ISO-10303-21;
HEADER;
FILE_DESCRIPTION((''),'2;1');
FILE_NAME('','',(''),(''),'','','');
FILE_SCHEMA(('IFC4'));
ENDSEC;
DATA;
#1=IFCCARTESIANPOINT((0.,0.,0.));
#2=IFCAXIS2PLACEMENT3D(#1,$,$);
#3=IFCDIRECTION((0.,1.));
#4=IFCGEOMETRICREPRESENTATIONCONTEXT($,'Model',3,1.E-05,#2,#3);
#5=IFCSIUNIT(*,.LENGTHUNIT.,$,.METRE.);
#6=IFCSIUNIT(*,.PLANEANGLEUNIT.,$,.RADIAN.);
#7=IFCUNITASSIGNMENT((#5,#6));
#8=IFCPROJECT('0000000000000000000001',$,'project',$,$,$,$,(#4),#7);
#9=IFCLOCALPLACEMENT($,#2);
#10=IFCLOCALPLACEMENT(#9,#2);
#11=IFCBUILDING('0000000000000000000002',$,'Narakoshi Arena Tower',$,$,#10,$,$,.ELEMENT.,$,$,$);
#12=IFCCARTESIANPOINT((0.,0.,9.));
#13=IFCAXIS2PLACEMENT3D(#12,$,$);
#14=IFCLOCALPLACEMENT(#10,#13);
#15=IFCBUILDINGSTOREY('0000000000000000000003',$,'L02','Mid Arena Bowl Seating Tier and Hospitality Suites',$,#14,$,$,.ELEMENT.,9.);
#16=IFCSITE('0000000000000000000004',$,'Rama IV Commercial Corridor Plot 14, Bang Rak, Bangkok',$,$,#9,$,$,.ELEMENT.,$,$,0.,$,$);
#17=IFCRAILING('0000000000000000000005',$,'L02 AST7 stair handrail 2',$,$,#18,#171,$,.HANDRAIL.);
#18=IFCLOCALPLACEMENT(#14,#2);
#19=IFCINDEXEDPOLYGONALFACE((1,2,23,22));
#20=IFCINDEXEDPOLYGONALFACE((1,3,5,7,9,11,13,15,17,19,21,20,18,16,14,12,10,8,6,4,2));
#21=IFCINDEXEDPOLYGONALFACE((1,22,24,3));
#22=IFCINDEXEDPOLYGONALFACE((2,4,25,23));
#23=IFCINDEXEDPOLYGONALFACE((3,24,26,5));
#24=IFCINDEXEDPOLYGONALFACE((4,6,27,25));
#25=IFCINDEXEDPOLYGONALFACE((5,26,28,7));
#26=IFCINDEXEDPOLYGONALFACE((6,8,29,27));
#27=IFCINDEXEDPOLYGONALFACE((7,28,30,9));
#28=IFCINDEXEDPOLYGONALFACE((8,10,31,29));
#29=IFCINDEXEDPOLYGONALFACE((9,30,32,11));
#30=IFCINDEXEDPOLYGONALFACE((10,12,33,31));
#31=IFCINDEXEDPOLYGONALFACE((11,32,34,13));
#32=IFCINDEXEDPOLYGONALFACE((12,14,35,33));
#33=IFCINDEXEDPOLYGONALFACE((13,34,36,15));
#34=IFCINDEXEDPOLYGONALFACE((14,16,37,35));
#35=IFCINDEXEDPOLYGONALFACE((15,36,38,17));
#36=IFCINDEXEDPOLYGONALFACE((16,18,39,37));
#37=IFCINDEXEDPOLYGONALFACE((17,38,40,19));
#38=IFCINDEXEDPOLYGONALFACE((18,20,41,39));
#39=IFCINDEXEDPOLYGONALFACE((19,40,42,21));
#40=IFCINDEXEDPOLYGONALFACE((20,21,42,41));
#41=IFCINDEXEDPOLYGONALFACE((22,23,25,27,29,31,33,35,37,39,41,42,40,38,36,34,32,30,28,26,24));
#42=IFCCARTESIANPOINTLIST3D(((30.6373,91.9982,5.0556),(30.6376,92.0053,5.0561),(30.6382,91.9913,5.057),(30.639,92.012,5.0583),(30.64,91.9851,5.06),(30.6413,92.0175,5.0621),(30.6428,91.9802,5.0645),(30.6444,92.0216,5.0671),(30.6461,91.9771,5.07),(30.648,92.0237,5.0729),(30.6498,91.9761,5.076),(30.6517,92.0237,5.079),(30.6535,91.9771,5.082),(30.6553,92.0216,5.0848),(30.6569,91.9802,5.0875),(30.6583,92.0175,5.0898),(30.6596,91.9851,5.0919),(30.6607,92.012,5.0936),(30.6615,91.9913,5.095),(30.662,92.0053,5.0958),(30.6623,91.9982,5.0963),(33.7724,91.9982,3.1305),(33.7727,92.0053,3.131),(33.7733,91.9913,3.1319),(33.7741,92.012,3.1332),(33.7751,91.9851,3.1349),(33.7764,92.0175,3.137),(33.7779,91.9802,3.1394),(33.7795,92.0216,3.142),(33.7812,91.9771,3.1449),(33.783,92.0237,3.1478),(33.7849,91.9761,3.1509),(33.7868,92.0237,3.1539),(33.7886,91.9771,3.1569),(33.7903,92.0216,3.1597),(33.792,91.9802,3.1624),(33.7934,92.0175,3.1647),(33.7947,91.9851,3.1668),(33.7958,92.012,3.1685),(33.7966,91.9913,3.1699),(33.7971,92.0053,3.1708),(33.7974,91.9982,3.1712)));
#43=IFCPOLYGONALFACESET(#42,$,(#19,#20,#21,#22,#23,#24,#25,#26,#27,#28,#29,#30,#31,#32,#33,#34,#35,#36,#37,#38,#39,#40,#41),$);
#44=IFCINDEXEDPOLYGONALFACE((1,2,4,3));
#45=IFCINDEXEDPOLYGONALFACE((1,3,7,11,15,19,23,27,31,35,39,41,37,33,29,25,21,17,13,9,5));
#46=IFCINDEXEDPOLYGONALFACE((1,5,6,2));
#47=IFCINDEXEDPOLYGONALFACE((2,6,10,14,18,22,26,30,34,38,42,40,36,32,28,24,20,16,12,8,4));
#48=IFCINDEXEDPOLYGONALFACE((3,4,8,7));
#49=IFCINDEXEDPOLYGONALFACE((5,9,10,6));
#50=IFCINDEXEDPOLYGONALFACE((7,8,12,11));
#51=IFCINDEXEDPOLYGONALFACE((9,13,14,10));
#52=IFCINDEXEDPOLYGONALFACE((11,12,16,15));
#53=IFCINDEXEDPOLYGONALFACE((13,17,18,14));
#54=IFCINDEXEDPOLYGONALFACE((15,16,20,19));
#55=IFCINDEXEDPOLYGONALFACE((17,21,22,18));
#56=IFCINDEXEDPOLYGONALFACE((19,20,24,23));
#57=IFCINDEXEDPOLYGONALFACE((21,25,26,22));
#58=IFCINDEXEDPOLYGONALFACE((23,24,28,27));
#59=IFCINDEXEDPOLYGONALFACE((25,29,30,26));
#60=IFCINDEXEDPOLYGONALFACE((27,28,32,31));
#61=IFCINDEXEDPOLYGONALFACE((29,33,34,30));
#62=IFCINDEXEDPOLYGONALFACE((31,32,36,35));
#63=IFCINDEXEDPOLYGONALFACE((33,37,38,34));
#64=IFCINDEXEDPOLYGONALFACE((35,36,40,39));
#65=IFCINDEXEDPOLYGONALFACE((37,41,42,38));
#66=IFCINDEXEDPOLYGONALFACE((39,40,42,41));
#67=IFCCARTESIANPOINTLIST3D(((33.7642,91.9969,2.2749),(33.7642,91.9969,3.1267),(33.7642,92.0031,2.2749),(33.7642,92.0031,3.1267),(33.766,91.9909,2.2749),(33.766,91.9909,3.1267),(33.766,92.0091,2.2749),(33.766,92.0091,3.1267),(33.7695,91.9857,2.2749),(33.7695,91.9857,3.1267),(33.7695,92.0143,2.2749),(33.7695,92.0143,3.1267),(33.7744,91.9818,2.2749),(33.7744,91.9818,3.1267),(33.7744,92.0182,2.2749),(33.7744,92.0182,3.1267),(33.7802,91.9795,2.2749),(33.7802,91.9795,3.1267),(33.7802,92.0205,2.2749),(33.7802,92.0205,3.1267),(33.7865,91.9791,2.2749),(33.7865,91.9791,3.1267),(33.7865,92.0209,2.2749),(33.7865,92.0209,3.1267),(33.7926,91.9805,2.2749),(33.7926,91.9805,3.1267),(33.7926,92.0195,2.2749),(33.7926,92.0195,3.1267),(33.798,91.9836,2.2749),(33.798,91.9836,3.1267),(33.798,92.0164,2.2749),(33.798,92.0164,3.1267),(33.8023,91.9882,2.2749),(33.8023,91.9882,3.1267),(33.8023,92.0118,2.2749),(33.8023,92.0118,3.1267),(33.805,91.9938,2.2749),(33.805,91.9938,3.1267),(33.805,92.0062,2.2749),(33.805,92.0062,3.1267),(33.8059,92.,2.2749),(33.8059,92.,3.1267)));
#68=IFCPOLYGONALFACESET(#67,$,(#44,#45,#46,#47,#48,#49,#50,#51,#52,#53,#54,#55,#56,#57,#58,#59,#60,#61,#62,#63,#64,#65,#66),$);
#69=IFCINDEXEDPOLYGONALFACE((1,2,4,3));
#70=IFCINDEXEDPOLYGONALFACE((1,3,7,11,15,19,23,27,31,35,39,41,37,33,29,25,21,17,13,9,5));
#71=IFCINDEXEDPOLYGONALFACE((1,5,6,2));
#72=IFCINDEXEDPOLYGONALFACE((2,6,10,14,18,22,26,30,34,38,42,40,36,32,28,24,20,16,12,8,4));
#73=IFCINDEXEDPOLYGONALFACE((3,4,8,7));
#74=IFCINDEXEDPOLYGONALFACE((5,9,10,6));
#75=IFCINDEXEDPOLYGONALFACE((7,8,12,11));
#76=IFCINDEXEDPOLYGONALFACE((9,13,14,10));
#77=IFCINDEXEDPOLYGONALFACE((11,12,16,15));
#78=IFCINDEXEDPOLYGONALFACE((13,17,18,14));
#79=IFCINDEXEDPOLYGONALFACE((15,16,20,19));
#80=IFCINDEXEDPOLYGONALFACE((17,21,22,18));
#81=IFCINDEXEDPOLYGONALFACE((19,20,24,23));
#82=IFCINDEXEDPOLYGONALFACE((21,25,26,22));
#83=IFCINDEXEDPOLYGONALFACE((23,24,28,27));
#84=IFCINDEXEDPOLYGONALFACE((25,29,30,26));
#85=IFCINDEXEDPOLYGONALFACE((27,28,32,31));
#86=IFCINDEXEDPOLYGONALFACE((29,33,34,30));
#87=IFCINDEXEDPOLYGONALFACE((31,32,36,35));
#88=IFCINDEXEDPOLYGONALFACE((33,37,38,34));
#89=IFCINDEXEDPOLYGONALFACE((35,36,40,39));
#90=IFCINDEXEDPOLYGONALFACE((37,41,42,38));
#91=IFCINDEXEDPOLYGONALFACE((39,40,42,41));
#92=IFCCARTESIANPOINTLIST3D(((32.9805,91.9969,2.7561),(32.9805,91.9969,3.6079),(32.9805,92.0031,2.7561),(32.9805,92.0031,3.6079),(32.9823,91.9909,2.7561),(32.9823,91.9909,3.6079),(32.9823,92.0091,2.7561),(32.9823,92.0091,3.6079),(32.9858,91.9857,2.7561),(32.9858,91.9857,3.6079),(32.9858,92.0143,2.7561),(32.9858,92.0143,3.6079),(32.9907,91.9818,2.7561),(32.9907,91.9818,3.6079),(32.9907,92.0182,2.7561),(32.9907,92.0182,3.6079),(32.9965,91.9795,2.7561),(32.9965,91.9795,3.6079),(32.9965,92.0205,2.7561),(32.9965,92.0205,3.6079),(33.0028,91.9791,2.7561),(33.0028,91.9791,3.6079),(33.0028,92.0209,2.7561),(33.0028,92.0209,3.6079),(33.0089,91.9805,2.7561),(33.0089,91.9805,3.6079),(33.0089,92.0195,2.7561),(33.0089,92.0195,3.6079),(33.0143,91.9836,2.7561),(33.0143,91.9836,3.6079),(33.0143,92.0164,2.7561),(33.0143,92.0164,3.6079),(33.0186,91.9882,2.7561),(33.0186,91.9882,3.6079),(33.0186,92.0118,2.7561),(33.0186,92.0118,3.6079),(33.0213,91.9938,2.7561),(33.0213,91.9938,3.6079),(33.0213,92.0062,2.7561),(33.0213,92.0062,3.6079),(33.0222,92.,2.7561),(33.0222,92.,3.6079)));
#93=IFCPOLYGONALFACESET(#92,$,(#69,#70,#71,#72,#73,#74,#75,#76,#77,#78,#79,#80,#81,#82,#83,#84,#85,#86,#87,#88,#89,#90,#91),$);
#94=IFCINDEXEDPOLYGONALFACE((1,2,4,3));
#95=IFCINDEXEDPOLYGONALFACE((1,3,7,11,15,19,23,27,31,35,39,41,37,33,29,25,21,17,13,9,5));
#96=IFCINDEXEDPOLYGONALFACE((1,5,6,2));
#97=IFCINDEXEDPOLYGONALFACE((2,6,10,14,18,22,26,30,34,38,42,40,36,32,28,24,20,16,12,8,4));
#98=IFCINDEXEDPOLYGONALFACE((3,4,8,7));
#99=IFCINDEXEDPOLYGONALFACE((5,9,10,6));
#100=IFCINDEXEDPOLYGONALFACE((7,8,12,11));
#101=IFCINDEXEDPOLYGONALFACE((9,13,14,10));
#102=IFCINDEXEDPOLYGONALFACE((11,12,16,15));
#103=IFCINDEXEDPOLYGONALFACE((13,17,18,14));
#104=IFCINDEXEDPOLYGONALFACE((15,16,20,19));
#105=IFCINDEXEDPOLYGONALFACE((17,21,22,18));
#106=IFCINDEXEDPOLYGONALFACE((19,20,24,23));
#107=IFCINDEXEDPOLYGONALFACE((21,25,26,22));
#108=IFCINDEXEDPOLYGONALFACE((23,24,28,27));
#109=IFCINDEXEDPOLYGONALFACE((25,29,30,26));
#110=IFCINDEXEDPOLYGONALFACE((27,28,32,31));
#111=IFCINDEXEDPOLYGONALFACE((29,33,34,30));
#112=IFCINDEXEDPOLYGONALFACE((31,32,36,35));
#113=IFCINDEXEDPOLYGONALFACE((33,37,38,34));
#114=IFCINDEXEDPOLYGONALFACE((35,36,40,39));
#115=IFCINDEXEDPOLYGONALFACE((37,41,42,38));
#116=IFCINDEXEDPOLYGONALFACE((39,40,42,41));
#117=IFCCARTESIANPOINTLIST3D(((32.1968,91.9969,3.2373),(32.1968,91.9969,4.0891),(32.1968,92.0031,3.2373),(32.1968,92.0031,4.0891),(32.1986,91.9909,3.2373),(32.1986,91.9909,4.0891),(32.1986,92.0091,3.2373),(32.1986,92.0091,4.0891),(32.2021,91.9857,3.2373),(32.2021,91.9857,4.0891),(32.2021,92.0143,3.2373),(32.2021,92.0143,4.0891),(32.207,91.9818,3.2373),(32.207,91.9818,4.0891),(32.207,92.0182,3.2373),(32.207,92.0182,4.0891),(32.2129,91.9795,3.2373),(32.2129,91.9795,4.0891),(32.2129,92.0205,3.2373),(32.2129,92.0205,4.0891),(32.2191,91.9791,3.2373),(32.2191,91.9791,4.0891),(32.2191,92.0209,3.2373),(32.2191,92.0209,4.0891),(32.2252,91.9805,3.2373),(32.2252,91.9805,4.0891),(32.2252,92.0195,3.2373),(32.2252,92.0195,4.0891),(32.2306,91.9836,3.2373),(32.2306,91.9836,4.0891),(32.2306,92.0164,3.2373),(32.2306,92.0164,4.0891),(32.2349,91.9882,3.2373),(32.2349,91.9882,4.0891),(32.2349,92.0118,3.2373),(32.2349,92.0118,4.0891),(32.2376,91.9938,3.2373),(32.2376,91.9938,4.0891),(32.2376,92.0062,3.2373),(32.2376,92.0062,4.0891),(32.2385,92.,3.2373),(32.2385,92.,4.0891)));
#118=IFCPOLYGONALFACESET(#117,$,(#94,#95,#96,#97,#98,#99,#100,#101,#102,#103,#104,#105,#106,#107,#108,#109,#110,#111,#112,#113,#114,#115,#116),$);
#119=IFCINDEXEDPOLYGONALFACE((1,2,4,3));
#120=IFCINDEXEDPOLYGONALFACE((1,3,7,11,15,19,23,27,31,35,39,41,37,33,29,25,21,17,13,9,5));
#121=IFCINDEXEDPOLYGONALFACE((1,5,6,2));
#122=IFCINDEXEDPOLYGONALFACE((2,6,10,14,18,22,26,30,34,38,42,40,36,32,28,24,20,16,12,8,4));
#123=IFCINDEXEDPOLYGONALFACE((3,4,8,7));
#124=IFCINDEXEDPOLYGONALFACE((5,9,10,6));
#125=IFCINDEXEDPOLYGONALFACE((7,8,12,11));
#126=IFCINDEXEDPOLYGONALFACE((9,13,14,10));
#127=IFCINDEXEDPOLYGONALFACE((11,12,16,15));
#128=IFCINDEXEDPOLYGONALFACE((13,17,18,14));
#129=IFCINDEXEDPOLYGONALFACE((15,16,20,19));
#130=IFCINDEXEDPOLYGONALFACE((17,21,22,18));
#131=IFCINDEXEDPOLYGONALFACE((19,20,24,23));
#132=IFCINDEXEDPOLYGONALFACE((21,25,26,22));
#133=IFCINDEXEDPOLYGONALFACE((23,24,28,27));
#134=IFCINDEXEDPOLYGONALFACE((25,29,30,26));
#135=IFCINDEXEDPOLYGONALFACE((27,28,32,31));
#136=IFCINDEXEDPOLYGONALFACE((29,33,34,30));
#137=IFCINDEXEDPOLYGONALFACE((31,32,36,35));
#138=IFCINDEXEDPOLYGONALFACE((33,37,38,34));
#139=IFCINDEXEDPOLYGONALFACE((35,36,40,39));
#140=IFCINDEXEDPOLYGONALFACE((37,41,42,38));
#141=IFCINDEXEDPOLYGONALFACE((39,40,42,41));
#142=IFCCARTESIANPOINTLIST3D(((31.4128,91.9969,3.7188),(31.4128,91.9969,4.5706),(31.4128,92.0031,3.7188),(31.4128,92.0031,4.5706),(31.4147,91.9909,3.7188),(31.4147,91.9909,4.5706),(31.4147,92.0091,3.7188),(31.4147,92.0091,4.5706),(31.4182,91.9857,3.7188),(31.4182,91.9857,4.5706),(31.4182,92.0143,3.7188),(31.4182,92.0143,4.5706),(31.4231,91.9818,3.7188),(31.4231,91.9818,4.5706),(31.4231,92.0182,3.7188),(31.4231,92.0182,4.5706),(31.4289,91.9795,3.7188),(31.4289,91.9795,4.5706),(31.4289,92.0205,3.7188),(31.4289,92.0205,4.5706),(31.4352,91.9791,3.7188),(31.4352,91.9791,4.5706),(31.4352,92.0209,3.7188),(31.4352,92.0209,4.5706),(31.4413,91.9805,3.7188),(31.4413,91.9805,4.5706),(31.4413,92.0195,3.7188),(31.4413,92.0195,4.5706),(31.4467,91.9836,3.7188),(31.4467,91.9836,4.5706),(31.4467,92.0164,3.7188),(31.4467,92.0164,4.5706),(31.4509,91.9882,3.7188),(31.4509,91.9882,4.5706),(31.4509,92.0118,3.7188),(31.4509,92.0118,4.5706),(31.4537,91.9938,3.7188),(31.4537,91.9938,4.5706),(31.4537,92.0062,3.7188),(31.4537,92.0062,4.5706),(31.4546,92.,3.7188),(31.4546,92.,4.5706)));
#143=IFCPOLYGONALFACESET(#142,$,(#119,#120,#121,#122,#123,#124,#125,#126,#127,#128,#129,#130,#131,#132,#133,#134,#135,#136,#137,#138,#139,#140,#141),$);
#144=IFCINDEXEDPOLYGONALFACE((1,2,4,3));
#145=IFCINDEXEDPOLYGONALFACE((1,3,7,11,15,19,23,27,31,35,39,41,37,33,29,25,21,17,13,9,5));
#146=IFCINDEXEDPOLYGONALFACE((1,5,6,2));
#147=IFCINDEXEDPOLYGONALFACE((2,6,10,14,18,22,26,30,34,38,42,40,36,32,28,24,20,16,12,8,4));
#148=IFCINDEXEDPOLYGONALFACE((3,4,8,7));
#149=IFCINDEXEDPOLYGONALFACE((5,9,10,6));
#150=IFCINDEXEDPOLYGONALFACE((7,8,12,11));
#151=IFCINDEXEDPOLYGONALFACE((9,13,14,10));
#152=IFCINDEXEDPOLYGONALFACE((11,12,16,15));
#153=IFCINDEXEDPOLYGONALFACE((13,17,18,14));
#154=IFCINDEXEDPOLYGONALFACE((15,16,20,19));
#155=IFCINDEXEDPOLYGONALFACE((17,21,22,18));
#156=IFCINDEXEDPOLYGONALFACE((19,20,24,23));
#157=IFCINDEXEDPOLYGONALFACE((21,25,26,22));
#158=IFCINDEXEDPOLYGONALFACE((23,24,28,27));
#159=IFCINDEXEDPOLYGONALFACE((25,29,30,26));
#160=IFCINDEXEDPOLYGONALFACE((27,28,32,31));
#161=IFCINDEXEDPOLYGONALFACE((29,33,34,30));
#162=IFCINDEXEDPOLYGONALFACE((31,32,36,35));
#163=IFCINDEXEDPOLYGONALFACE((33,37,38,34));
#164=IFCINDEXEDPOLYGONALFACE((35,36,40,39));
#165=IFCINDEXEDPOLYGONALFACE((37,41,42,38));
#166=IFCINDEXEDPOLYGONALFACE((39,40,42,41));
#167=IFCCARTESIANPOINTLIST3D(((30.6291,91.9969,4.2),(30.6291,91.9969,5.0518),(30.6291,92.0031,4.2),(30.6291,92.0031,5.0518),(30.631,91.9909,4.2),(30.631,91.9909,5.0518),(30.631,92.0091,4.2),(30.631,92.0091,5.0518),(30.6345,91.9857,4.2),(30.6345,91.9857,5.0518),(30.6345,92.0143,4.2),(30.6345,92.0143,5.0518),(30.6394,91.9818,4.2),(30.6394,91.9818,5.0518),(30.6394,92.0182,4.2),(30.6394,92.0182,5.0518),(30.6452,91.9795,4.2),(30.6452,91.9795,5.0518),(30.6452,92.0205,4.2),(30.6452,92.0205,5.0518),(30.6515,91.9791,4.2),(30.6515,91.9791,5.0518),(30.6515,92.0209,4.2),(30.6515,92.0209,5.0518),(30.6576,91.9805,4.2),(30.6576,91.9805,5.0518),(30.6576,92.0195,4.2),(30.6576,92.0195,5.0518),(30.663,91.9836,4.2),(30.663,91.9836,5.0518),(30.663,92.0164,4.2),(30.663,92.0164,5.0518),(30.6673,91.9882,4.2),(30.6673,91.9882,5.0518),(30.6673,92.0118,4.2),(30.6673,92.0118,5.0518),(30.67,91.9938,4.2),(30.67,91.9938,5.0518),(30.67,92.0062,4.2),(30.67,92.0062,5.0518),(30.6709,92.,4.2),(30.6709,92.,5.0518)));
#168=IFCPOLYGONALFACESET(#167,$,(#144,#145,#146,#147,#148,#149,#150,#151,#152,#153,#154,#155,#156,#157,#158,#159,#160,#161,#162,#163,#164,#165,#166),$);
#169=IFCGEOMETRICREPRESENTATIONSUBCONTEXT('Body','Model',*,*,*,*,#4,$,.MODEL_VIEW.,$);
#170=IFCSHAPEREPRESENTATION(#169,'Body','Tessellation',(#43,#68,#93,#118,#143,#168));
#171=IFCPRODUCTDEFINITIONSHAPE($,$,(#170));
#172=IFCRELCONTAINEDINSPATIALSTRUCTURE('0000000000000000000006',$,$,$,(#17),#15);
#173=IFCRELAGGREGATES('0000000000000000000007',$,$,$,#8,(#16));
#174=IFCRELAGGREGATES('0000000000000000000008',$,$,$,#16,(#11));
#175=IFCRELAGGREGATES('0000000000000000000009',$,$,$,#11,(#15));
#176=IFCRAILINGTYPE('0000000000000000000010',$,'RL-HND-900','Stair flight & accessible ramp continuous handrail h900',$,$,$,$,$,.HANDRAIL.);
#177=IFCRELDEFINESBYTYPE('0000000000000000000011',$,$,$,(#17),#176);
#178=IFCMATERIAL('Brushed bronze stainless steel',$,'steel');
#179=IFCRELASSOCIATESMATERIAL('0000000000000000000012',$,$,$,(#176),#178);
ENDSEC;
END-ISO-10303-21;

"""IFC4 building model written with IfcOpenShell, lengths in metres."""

from ifc_helpers import new_model, si_unit, direction, frame, origin, origin_2d, place, context, subcontext, project, spatial, circle, extrude, material, type_object, element, save


model = new_model("IFC4")

# Units and contexts
model_context = context("Model", 3, precision=1e-05, world=origin(), true_north=direction((0.0, 1.0)))
body_context = subcontext(model_context, "Body", "Model", "MODEL_VIEW")
ifc_project = project(units=[si_unit("LENGTHUNIT", "METRE"), si_unit("PLANEANGLEUNIT", "RADIAN")], contexts=[model_context])

# Site, building, storey
site_placement = place(None, origin())
site = spatial("IfcSite", under=ifc_project, at=site_placement, Name="Rama IV Commercial Corridor Plot 14, Bang Rak, Bangkok", CompositionType="ELEMENT", RefElevation=0.0)
building_placement = place(site_placement, origin())
building = spatial("IfcBuilding", under=site, at=building_placement, Name="Narakoshi Arena Tower", CompositionType="ELEMENT")
storey_placement = place(building_placement, frame((0.0, 0.0, 9.0)))
storey = spatial("IfcBuildingStorey", under=building, at=storey_placement, Name="L02", Description="Mid Arena Bowl Seating Tier and Hospitality Suites", CompositionType="ELEMENT", Elevation=9.0)

# Railing
ifc_material_1 = material(Name="Brushed bronze stainless steel", Category="steel")
railing_type_1 = type_object("IfcRailingType", Name="RL-HND-900", Description="Stair flight & accessible ramp continuous handrail h900", PredefinedType="HANDRAIL", material=ifc_material_1)
railing_1_placement = place(storey_placement, frame((33.7849, 92.0, 2.2749)))
element("IfcRailing", 1, at=railing_1_placement, inside=storey, type_object=railing_type_1, Name="L02 AST7 stair handrail 2", PredefinedType="HANDRAIL", context=body_context, shape_type="SweptSolid", body=[
    extrude(circle(Radius=0.0239, at=origin_2d()), frame((0.0, 0.0, 0.876), z_axis=(-0.852166, 0.0, 0.523271), x_axis=(0.0, -1.0, 0.0)), (0.0, 0.0, 1.0), 3.679),
    extrude(circle(Radius=0.021, at=origin_2d()), origin(), (0.0, 0.0, 1.0), 0.8518),
    extrude(circle(Radius=0.021, at=origin_2d()), frame((-0.7837, 0.0, 0.4812)), (0.0, 0.0, 1.0), 0.8518),
    extrude(circle(Radius=0.021, at=origin_2d()), frame((-1.5674, 0.0, 0.9624)), (0.0, 0.0, 1.0), 0.8518),
    extrude(circle(Radius=0.021, at=origin_2d()), frame((-2.3513, 0.0, 1.4438)), (0.0, 0.0, 1.0), 0.8518),
    extrude(circle(Radius=0.021, at=origin_2d()), frame((-3.135, 0.0, 1.925)), (0.0, 0.0, 1.0), 0.8518),
])

save(model, "model.ifc")
